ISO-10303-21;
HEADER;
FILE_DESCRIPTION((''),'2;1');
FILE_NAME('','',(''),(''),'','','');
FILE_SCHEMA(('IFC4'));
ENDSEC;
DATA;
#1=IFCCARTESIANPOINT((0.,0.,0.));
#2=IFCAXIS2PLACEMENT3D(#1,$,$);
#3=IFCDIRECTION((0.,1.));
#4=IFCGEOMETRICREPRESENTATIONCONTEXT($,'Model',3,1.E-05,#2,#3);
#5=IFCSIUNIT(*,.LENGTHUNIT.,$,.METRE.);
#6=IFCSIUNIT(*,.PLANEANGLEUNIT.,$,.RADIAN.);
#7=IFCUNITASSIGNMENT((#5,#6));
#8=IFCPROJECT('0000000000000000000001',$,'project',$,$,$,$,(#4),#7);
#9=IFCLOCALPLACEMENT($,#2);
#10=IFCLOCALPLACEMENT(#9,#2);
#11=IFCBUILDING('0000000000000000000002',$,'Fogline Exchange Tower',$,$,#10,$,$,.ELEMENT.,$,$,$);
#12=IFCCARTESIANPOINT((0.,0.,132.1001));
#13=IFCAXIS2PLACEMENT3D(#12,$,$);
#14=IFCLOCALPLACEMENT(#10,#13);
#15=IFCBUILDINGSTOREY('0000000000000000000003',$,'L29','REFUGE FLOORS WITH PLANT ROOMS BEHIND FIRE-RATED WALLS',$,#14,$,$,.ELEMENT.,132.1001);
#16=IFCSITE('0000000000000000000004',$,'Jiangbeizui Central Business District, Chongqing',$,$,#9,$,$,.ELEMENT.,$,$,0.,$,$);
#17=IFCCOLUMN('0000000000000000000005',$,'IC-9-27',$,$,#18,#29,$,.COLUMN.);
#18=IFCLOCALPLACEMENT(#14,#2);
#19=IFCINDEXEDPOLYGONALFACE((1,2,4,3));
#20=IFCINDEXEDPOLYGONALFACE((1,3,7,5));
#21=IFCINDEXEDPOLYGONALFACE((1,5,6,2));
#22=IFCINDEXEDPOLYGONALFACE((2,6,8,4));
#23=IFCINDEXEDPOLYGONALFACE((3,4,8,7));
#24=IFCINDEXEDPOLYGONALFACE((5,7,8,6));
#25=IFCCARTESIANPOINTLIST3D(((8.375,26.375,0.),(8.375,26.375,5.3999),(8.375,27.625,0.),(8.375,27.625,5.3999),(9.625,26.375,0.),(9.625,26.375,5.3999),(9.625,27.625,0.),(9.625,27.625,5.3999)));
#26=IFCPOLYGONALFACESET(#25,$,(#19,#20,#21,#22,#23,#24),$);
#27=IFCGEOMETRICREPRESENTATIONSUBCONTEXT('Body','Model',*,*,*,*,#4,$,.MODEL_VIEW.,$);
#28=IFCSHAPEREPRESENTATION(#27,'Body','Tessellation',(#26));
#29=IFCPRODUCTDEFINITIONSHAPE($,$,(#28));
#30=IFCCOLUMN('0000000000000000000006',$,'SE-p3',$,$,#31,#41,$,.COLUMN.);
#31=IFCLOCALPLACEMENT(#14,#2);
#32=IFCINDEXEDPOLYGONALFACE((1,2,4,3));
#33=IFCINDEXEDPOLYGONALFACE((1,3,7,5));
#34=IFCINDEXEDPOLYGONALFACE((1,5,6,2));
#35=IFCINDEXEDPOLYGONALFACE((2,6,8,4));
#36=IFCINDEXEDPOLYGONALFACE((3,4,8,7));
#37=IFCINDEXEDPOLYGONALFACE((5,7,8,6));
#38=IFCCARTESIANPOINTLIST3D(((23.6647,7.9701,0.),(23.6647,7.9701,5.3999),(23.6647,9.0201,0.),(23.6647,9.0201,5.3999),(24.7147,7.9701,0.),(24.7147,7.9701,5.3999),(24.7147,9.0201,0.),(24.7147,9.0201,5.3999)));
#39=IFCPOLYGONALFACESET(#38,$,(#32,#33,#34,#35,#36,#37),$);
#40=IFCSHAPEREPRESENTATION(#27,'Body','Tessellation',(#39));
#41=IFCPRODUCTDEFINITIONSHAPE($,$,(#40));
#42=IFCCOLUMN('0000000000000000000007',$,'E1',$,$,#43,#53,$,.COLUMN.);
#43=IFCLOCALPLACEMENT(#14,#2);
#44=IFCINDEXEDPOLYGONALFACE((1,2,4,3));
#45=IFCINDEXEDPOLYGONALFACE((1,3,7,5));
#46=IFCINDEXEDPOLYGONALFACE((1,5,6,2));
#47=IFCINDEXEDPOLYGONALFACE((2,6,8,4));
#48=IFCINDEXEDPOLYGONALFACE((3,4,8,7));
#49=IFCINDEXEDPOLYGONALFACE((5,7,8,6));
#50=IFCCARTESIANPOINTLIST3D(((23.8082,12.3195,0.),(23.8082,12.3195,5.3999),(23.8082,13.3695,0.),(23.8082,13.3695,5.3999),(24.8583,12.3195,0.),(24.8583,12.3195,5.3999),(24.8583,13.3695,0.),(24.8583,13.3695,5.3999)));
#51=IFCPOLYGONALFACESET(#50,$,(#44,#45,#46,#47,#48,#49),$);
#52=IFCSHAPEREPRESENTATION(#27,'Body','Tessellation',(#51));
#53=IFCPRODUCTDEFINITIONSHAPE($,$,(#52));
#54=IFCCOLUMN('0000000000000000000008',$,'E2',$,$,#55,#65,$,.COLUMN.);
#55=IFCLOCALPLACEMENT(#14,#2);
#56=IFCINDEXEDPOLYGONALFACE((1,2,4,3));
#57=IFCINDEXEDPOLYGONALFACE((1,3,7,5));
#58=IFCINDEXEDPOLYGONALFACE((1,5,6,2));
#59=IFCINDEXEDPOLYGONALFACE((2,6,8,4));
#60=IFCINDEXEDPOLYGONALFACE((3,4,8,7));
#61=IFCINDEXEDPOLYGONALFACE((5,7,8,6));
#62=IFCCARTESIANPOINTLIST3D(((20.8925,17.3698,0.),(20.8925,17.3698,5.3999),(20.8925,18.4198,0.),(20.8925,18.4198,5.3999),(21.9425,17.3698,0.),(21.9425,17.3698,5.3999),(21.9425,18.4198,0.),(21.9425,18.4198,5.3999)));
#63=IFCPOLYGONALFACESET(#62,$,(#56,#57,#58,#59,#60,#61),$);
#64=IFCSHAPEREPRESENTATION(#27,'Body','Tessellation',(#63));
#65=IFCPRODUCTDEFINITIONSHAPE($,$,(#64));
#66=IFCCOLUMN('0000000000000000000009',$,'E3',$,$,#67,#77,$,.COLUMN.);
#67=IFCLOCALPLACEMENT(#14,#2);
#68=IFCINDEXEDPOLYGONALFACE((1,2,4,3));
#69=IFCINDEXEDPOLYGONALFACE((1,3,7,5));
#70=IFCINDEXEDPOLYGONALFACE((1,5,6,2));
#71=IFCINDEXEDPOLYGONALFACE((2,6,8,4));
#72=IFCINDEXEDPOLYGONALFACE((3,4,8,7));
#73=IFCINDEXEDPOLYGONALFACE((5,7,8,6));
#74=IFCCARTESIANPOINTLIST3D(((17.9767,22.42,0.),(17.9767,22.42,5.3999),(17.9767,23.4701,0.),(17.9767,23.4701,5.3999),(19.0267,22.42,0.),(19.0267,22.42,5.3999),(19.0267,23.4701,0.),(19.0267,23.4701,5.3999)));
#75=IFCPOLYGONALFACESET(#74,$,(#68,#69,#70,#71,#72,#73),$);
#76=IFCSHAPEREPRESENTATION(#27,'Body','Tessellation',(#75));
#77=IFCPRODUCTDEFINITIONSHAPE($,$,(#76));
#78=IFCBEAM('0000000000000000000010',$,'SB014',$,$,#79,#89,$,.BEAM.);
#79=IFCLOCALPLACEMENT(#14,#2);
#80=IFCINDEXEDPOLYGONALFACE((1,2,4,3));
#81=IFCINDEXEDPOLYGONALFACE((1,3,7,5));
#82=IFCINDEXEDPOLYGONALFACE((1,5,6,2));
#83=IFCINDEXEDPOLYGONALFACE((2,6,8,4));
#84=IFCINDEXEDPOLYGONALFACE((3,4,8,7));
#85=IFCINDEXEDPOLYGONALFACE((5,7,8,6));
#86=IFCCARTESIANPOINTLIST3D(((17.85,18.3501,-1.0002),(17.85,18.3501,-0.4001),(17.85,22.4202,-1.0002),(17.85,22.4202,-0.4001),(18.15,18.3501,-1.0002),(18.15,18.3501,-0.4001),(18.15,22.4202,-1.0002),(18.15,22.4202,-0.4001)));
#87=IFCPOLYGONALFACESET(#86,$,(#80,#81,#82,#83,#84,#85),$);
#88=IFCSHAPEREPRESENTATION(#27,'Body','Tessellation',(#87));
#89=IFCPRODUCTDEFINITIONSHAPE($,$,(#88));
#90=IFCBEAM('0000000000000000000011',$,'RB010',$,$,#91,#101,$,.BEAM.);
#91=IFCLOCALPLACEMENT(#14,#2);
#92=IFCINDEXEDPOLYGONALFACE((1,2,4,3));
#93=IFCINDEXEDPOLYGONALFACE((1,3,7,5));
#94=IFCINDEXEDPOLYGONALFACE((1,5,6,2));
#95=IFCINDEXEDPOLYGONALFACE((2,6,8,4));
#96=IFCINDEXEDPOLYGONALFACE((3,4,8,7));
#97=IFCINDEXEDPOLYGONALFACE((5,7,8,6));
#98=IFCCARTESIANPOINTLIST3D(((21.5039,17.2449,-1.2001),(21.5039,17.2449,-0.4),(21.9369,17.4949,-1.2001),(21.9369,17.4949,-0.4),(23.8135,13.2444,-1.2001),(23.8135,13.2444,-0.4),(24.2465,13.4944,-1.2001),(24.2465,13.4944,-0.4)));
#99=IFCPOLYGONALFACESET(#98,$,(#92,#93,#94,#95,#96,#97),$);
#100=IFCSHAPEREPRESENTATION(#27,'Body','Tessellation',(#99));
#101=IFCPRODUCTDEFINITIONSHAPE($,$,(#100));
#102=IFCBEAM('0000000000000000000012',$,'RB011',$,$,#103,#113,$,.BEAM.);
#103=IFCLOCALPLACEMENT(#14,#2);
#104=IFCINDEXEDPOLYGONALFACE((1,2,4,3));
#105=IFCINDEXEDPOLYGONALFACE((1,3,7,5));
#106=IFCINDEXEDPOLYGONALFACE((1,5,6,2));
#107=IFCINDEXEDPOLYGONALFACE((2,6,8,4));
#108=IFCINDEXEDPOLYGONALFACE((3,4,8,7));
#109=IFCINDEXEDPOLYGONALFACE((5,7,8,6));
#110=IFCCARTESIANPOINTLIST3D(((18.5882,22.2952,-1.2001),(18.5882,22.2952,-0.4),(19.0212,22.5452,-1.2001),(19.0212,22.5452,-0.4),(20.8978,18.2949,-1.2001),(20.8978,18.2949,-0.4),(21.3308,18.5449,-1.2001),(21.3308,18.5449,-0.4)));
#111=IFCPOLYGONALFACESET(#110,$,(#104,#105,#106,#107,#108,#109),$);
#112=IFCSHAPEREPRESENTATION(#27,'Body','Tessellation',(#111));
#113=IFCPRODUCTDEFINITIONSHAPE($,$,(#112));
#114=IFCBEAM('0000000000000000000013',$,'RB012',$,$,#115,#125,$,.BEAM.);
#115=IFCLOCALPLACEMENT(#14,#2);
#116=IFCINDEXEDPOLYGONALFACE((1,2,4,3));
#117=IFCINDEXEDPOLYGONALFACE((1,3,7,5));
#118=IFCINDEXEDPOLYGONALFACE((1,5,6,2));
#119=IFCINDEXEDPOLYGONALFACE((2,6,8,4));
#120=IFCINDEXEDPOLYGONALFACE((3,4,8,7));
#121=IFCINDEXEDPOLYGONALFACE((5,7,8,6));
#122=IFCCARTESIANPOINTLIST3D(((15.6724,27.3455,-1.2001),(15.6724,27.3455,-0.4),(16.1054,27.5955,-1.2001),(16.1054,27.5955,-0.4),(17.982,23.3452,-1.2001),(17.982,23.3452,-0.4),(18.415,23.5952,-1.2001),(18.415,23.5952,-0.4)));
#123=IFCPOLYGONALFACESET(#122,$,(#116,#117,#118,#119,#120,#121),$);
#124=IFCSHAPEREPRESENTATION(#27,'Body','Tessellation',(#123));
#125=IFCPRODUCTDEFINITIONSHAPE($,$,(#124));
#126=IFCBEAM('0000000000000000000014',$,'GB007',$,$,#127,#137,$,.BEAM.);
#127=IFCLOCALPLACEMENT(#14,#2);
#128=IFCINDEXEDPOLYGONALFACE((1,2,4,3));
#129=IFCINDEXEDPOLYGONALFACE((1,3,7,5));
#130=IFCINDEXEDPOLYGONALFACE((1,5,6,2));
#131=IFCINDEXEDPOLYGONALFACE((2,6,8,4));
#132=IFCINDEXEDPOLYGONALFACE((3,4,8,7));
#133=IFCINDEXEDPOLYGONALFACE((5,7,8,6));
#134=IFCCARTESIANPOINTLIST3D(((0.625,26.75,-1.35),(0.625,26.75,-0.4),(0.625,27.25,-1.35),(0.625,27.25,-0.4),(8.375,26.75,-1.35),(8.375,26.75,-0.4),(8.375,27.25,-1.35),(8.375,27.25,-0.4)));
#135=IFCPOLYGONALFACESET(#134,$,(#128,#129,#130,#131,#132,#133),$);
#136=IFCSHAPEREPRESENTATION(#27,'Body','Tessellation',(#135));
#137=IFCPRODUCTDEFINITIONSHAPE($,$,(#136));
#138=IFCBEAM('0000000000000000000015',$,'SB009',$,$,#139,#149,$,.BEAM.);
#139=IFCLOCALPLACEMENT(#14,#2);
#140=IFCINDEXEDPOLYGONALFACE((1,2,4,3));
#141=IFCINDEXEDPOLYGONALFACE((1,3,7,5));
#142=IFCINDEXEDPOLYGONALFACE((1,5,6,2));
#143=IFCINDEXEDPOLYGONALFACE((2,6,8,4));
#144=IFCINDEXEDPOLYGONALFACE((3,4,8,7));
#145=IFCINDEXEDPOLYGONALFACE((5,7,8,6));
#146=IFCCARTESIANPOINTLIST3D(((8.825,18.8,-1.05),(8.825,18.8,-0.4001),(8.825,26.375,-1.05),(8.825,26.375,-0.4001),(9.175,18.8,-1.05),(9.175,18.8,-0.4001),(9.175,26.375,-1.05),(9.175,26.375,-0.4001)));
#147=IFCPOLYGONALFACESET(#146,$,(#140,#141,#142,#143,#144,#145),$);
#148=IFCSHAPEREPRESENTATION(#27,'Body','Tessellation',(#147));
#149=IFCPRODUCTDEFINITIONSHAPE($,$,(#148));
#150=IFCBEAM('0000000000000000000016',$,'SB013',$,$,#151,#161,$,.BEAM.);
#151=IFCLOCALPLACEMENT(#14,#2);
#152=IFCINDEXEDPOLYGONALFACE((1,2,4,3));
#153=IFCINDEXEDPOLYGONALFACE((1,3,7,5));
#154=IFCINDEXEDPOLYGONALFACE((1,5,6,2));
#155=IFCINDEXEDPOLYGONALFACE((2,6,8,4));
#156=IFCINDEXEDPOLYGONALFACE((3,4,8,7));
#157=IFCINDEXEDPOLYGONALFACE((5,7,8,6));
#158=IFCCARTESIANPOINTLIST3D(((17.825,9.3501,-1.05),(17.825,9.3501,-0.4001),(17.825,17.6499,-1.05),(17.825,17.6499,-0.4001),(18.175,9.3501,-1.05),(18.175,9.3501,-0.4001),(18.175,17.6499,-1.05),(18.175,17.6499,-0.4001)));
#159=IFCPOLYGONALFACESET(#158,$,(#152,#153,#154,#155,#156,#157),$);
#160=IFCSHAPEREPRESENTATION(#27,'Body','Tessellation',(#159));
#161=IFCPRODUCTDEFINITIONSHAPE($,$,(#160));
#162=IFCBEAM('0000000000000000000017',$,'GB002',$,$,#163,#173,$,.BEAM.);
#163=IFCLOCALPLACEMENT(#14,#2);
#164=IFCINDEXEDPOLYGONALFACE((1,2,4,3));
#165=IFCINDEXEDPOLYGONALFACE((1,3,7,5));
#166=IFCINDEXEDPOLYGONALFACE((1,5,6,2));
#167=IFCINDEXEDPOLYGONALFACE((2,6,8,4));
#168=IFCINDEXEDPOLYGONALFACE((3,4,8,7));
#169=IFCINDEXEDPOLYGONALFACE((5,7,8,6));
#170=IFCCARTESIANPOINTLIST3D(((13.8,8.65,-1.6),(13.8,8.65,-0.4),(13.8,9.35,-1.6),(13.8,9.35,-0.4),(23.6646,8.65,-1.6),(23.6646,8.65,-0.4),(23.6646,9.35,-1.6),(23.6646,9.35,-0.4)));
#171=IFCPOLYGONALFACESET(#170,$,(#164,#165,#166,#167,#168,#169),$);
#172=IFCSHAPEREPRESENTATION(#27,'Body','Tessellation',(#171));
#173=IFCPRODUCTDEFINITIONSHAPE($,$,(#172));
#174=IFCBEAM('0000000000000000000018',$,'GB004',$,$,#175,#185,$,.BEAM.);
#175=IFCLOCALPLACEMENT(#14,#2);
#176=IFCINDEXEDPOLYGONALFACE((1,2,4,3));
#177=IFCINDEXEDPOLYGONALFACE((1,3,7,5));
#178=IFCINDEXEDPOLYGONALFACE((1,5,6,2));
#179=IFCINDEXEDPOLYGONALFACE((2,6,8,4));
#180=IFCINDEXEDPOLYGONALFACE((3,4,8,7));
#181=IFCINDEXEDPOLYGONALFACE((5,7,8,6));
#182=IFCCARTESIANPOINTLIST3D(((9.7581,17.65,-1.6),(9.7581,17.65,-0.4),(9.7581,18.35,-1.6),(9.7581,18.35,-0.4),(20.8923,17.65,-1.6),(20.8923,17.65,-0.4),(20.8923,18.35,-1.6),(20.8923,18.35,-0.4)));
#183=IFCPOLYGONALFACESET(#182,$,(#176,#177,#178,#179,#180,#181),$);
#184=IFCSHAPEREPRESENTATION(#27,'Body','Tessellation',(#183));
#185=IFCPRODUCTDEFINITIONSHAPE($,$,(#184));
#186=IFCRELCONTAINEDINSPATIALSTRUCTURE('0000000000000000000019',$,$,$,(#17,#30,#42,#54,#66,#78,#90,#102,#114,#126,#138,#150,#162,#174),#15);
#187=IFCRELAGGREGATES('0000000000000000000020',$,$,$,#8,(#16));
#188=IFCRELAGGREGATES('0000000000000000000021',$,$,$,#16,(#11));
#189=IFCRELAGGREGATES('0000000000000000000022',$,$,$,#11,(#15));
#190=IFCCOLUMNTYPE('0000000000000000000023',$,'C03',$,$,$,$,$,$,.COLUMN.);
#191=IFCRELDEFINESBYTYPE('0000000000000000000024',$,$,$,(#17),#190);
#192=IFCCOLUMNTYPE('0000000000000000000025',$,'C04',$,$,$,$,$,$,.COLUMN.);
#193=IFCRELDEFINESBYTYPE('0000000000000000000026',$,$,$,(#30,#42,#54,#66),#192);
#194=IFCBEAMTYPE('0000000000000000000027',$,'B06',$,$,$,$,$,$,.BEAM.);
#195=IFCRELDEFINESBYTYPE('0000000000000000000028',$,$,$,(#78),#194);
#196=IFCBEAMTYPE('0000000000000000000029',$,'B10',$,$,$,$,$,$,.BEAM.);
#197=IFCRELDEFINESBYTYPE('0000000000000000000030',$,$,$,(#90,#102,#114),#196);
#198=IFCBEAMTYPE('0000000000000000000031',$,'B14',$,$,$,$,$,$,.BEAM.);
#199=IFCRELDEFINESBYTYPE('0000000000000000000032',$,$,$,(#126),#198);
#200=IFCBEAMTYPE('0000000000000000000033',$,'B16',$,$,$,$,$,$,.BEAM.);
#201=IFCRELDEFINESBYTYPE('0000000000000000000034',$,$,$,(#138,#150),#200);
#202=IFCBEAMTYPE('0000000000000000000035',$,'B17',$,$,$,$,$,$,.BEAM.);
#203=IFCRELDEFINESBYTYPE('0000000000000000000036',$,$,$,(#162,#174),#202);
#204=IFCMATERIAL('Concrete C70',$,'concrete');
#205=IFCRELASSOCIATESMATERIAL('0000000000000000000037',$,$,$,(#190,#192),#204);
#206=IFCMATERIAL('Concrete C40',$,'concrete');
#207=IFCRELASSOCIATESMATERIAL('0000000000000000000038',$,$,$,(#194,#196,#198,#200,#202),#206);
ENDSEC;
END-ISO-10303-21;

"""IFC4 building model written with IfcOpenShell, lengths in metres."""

from ifc_helpers import new_model, si_unit, direction, frame, origin, origin_2d, place, context, subcontext, project, spatial, rectangle, extrude, material, material_profile, profile_set, type_object, element, save


model = new_model("IFC4")

# Units and contexts
model_context = context("Model", 3, precision=1e-05, world=origin(), true_north=direction((0.0, 1.0)))
body_context = subcontext(model_context, "Body", "Model", "MODEL_VIEW")
ifc_project = project(units=[si_unit("LENGTHUNIT", "METRE"), si_unit("PLANEANGLEUNIT", "RADIAN")], contexts=[model_context])

# Site, building, storey
site_placement = place(None, origin())
site = spatial("IfcSite", under=ifc_project, at=site_placement, Name="Jiangbeizui Central Business District, Chongqing", CompositionType="ELEMENT", RefElevation=0.0)
building_placement = place(site_placement, origin())
building = spatial("IfcBuilding", under=site, at=building_placement, Name="Fogline Exchange Tower", CompositionType="ELEMENT")
storey_placement = place(building_placement, frame((0.0, 0.0, 132.1001)))
storey = spatial("IfcBuildingStorey", under=building, at=storey_placement, Name="L29", Description="REFUGE FLOORS WITH PLANT ROOMS BEHIND FIRE-RATED WALLS", CompositionType="ELEMENT", Elevation=132.1001)

# Columns
ifc_material_1 = material(Name="Concrete C70", Category="concrete")
ifc_material_profile_1 = material_profile(ifc_material_1, rectangle(XDim=1.25, YDim=1.25, at=origin_2d()), Name="RC 1250x1250")
ifc_profile_set_1 = profile_set([ifc_material_profile_1], Name="Concrete C70")
column_type_1 = type_object("IfcColumnType", Name="C03", PredefinedType="COLUMN", material=ifc_profile_set_1)
column_placement = place(storey_placement, frame((9.0, 27.0, 0.0), z_axis=(0.0, 0.0, 1.0), x_axis=(1.0, 0.0, 0.0)))
element("IfcColumn", 1, at=column_placement, inside=storey, type_object=column_type_1, Name="IC-9-27", PredefinedType="COLUMN", context=body_context, shape_type="SweptSolid", body=[
    extrude(rectangle(XDim=1.25, YDim=1.25, at=origin_2d()), origin(), (0.0, 0.0, 1.0), 5.3999),
])
ifc_material_profile_2 = material_profile(ifc_material_1, rectangle(XDim=1.05, YDim=1.05, at=origin_2d()), Name="RC 1050x1050")
ifc_profile_set_2 = profile_set([ifc_material_profile_2], Name="Concrete C70")
column_type_2 = type_object("IfcColumnType", Name="C04", PredefinedType="COLUMN", material=ifc_profile_set_2)
for number, where, z_axis, x_axis, name in (
    (2, (24.1897, 8.4951, 0.0), (0.0, 0.0, 1.0), (1.0, 0.0, 0.0), "SE-p3"),
    (3, (24.3333, 12.8445, 0.0), (0.0, 0.0, 1.0), (1.0, 0.0, 0.0), "E1"),
    (4, (21.4175, 17.8948, 0.0), (0.0, 0.0, 1.0), (1.0, 0.0, 0.0), "E2"),
    (5, (18.5017, 22.9451, 0.0), (0.0, 0.0, 1.0), (1.0, 0.0, 0.0), "E3"),
):
    element("IfcColumn", number, at=place(storey_placement, frame(where, z_axis=z_axis, x_axis=x_axis)), inside=storey, type_object=column_type_2, Name=name, PredefinedType="COLUMN", context=body_context, shape_type="SweptSolid", body=[
        extrude(rectangle(XDim=1.05, YDim=1.05, at=origin_2d()), origin(), (0.0, 0.0, 1.0), 5.3999),
    ])

# Beams
ifc_material_2 = material(Name="Concrete C40", Category="concrete")
ifc_material_profile_3 = material_profile(ifc_material_2, rectangle(XDim=0.3, YDim=0.6001, at=origin_2d()), Name="RC 300x600")
ifc_profile_set_3 = profile_set([ifc_material_profile_3], Name="Concrete C40")
beam_type_1 = type_object("IfcBeamType", Name="B06", PredefinedType="BEAM", material=ifc_profile_set_3)
beam_1_placement = place(storey_placement, frame((18.0, 18.3501, -0.7002), z_axis=(0.0, 1.0, 0.0), x_axis=(-1.0, 0.0, 0.0)))
element("IfcBeam", 6, at=beam_1_placement, inside=storey, type_object=beam_type_1, Name="SB014", PredefinedType="BEAM", context=body_context, shape_type="SweptSolid", body=[
    extrude(rectangle(XDim=0.3, YDim=0.6001, at=origin_2d()), origin(), (0.0, 0.0, 1.0), 4.0701),
])
ifc_material_profile_4 = material_profile(ifc_material_2, rectangle(XDim=0.5, YDim=0.8, at=origin_2d()), Name="RC 500x800")
ifc_profile_set_4 = profile_set([ifc_material_profile_4], Name="Concrete C40")
beam_type_2 = type_object("IfcBeamType", Name="B10", PredefinedType="BEAM", material=ifc_profile_set_4)
beam_2_placement = place(storey_placement, frame((24.03, 13.3694, -0.8), z_axis=(-0.499982, 0.866036, 0.0), x_axis=(-0.866036, -0.499982, 0.0)))
element("IfcBeam", 7, at=beam_2_placement, inside=storey, type_object=beam_type_2, Name="RB010", PredefinedType="BEAM", context=body_context, shape_type="SweptSolid", body=[
    extrude(rectangle(XDim=0.5, YDim=0.8, at=origin_2d()), origin(), (0.0, 0.0, 1.0), 4.6194),
])
for number, where, z_axis, x_axis, name in (
    (8, (21.1143, 18.4199, -0.8), (-0.500005, 0.866023, 0.0), (-0.866023, -0.500005, 0.0), "RB011"),
    (9, (18.1985, 23.4702, -0.8), (-0.500005, 0.866023, 0.0), (-0.866023, -0.500005, 0.0), "RB012"),
):
    element("IfcBeam", number, at=place(storey_placement, frame(where, z_axis=z_axis, x_axis=x_axis)), inside=storey, type_object=beam_type_2, Name=name, PredefinedType="BEAM", context=body_context, shape_type="SweptSolid", body=[
        extrude(rectangle(XDim=0.5, YDim=0.8, at=origin_2d()), origin(), (0.0, 0.0, 1.0), 4.6191),
    ])
ifc_material_profile_5 = material_profile(ifc_material_2, rectangle(XDim=0.5, YDim=0.95, at=origin_2d()), Name="RC 500x950")
ifc_profile_set_5 = profile_set([ifc_material_profile_5], Name="Concrete C40")
beam_type_3 = type_object("IfcBeamType", Name="B14", PredefinedType="BEAM", material=ifc_profile_set_5)
beam_3_placement = place(storey_placement, frame((0.625, 27.0, -0.875), z_axis=(1.0, 0.0, 0.0), x_axis=(0.0, 1.0, 0.0)))
element("IfcBeam", 10, at=beam_3_placement, inside=storey, type_object=beam_type_3, Name="GB007", PredefinedType="BEAM", context=body_context, shape_type="SweptSolid", body=[
    extrude(rectangle(XDim=0.5, YDim=0.95, at=origin_2d()), origin(), (0.0, 0.0, 1.0), 7.75),
])
ifc_material_profile_6 = material_profile(ifc_material_2, rectangle(XDim=0.3501, YDim=0.6499, at=origin_2d()), Name="RC 350x650")
ifc_profile_set_6 = profile_set([ifc_material_profile_6], Name="Concrete C40")
beam_type_4 = type_object("IfcBeamType", Name="B16", PredefinedType="BEAM", material=ifc_profile_set_6)
beam_4_placement = place(storey_placement, frame((9.0, 18.8, -0.7251), z_axis=(0.0, 1.0, 0.0), x_axis=(-1.0, 0.0, 0.0)))
element("IfcBeam", 11, at=beam_4_placement, inside=storey, type_object=beam_type_4, Name="SB009", PredefinedType="BEAM", context=body_context, shape_type="SweptSolid", body=[
    extrude(rectangle(XDim=0.3501, YDim=0.6499, at=origin_2d()), origin(), (0.0, 0.0, 1.0), 7.575),
])
beam_5_placement = place(storey_placement, frame((18.0, 9.3501, -0.7251), z_axis=(0.0, 1.0, 0.0), x_axis=(-1.0, 0.0, 0.0)))
element("IfcBeam", 12, at=beam_5_placement, inside=storey, type_object=beam_type_4, Name="SB013", PredefinedType="BEAM", context=body_context, shape_type="SweptSolid", body=[
    extrude(rectangle(XDim=0.3501, YDim=0.6499, at=origin_2d()), origin(), (0.0, 0.0, 1.0), 8.2998),
])
ifc_material_profile_7 = material_profile(ifc_material_2, rectangle(XDim=0.7, YDim=1.2, at=origin_2d()), Name="RC 700x1200")
ifc_profile_set_7 = profile_set([ifc_material_profile_7], Name="Concrete C40")
beam_type_5 = type_object("IfcBeamType", Name="B17", PredefinedType="BEAM", material=ifc_profile_set_7)
beam_6_placement = place(storey_placement, frame((13.8, 9.0, -1.0), z_axis=(1.0, 0.0, 0.0), x_axis=(0.0, 1.0, 0.0)))
element("IfcBeam", 13, at=beam_6_placement, inside=storey, type_object=beam_type_5, Name="GB002", PredefinedType="BEAM", context=body_context, shape_type="SweptSolid", body=[
    extrude(rectangle(XDim=0.7, YDim=1.2, at=origin_2d()), origin(), (0.0, 0.0, 1.0), 9.8645),
])
beam_7_placement = place(storey_placement, frame((9.7581, 18.0, -1.0), z_axis=(1.0, 0.0, 0.0), x_axis=(0.0, 1.0, 0.0)))
element("IfcBeam", 14, at=beam_7_placement, inside=storey, type_object=beam_type_5, Name="GB004", PredefinedType="BEAM", context=body_context, shape_type="SweptSolid", body=[
    extrude(rectangle(XDim=0.7, YDim=1.2, at=origin_2d()), origin(), (0.0, 0.0, 1.0), 11.1343),
])

save(model, "model.ifc")
